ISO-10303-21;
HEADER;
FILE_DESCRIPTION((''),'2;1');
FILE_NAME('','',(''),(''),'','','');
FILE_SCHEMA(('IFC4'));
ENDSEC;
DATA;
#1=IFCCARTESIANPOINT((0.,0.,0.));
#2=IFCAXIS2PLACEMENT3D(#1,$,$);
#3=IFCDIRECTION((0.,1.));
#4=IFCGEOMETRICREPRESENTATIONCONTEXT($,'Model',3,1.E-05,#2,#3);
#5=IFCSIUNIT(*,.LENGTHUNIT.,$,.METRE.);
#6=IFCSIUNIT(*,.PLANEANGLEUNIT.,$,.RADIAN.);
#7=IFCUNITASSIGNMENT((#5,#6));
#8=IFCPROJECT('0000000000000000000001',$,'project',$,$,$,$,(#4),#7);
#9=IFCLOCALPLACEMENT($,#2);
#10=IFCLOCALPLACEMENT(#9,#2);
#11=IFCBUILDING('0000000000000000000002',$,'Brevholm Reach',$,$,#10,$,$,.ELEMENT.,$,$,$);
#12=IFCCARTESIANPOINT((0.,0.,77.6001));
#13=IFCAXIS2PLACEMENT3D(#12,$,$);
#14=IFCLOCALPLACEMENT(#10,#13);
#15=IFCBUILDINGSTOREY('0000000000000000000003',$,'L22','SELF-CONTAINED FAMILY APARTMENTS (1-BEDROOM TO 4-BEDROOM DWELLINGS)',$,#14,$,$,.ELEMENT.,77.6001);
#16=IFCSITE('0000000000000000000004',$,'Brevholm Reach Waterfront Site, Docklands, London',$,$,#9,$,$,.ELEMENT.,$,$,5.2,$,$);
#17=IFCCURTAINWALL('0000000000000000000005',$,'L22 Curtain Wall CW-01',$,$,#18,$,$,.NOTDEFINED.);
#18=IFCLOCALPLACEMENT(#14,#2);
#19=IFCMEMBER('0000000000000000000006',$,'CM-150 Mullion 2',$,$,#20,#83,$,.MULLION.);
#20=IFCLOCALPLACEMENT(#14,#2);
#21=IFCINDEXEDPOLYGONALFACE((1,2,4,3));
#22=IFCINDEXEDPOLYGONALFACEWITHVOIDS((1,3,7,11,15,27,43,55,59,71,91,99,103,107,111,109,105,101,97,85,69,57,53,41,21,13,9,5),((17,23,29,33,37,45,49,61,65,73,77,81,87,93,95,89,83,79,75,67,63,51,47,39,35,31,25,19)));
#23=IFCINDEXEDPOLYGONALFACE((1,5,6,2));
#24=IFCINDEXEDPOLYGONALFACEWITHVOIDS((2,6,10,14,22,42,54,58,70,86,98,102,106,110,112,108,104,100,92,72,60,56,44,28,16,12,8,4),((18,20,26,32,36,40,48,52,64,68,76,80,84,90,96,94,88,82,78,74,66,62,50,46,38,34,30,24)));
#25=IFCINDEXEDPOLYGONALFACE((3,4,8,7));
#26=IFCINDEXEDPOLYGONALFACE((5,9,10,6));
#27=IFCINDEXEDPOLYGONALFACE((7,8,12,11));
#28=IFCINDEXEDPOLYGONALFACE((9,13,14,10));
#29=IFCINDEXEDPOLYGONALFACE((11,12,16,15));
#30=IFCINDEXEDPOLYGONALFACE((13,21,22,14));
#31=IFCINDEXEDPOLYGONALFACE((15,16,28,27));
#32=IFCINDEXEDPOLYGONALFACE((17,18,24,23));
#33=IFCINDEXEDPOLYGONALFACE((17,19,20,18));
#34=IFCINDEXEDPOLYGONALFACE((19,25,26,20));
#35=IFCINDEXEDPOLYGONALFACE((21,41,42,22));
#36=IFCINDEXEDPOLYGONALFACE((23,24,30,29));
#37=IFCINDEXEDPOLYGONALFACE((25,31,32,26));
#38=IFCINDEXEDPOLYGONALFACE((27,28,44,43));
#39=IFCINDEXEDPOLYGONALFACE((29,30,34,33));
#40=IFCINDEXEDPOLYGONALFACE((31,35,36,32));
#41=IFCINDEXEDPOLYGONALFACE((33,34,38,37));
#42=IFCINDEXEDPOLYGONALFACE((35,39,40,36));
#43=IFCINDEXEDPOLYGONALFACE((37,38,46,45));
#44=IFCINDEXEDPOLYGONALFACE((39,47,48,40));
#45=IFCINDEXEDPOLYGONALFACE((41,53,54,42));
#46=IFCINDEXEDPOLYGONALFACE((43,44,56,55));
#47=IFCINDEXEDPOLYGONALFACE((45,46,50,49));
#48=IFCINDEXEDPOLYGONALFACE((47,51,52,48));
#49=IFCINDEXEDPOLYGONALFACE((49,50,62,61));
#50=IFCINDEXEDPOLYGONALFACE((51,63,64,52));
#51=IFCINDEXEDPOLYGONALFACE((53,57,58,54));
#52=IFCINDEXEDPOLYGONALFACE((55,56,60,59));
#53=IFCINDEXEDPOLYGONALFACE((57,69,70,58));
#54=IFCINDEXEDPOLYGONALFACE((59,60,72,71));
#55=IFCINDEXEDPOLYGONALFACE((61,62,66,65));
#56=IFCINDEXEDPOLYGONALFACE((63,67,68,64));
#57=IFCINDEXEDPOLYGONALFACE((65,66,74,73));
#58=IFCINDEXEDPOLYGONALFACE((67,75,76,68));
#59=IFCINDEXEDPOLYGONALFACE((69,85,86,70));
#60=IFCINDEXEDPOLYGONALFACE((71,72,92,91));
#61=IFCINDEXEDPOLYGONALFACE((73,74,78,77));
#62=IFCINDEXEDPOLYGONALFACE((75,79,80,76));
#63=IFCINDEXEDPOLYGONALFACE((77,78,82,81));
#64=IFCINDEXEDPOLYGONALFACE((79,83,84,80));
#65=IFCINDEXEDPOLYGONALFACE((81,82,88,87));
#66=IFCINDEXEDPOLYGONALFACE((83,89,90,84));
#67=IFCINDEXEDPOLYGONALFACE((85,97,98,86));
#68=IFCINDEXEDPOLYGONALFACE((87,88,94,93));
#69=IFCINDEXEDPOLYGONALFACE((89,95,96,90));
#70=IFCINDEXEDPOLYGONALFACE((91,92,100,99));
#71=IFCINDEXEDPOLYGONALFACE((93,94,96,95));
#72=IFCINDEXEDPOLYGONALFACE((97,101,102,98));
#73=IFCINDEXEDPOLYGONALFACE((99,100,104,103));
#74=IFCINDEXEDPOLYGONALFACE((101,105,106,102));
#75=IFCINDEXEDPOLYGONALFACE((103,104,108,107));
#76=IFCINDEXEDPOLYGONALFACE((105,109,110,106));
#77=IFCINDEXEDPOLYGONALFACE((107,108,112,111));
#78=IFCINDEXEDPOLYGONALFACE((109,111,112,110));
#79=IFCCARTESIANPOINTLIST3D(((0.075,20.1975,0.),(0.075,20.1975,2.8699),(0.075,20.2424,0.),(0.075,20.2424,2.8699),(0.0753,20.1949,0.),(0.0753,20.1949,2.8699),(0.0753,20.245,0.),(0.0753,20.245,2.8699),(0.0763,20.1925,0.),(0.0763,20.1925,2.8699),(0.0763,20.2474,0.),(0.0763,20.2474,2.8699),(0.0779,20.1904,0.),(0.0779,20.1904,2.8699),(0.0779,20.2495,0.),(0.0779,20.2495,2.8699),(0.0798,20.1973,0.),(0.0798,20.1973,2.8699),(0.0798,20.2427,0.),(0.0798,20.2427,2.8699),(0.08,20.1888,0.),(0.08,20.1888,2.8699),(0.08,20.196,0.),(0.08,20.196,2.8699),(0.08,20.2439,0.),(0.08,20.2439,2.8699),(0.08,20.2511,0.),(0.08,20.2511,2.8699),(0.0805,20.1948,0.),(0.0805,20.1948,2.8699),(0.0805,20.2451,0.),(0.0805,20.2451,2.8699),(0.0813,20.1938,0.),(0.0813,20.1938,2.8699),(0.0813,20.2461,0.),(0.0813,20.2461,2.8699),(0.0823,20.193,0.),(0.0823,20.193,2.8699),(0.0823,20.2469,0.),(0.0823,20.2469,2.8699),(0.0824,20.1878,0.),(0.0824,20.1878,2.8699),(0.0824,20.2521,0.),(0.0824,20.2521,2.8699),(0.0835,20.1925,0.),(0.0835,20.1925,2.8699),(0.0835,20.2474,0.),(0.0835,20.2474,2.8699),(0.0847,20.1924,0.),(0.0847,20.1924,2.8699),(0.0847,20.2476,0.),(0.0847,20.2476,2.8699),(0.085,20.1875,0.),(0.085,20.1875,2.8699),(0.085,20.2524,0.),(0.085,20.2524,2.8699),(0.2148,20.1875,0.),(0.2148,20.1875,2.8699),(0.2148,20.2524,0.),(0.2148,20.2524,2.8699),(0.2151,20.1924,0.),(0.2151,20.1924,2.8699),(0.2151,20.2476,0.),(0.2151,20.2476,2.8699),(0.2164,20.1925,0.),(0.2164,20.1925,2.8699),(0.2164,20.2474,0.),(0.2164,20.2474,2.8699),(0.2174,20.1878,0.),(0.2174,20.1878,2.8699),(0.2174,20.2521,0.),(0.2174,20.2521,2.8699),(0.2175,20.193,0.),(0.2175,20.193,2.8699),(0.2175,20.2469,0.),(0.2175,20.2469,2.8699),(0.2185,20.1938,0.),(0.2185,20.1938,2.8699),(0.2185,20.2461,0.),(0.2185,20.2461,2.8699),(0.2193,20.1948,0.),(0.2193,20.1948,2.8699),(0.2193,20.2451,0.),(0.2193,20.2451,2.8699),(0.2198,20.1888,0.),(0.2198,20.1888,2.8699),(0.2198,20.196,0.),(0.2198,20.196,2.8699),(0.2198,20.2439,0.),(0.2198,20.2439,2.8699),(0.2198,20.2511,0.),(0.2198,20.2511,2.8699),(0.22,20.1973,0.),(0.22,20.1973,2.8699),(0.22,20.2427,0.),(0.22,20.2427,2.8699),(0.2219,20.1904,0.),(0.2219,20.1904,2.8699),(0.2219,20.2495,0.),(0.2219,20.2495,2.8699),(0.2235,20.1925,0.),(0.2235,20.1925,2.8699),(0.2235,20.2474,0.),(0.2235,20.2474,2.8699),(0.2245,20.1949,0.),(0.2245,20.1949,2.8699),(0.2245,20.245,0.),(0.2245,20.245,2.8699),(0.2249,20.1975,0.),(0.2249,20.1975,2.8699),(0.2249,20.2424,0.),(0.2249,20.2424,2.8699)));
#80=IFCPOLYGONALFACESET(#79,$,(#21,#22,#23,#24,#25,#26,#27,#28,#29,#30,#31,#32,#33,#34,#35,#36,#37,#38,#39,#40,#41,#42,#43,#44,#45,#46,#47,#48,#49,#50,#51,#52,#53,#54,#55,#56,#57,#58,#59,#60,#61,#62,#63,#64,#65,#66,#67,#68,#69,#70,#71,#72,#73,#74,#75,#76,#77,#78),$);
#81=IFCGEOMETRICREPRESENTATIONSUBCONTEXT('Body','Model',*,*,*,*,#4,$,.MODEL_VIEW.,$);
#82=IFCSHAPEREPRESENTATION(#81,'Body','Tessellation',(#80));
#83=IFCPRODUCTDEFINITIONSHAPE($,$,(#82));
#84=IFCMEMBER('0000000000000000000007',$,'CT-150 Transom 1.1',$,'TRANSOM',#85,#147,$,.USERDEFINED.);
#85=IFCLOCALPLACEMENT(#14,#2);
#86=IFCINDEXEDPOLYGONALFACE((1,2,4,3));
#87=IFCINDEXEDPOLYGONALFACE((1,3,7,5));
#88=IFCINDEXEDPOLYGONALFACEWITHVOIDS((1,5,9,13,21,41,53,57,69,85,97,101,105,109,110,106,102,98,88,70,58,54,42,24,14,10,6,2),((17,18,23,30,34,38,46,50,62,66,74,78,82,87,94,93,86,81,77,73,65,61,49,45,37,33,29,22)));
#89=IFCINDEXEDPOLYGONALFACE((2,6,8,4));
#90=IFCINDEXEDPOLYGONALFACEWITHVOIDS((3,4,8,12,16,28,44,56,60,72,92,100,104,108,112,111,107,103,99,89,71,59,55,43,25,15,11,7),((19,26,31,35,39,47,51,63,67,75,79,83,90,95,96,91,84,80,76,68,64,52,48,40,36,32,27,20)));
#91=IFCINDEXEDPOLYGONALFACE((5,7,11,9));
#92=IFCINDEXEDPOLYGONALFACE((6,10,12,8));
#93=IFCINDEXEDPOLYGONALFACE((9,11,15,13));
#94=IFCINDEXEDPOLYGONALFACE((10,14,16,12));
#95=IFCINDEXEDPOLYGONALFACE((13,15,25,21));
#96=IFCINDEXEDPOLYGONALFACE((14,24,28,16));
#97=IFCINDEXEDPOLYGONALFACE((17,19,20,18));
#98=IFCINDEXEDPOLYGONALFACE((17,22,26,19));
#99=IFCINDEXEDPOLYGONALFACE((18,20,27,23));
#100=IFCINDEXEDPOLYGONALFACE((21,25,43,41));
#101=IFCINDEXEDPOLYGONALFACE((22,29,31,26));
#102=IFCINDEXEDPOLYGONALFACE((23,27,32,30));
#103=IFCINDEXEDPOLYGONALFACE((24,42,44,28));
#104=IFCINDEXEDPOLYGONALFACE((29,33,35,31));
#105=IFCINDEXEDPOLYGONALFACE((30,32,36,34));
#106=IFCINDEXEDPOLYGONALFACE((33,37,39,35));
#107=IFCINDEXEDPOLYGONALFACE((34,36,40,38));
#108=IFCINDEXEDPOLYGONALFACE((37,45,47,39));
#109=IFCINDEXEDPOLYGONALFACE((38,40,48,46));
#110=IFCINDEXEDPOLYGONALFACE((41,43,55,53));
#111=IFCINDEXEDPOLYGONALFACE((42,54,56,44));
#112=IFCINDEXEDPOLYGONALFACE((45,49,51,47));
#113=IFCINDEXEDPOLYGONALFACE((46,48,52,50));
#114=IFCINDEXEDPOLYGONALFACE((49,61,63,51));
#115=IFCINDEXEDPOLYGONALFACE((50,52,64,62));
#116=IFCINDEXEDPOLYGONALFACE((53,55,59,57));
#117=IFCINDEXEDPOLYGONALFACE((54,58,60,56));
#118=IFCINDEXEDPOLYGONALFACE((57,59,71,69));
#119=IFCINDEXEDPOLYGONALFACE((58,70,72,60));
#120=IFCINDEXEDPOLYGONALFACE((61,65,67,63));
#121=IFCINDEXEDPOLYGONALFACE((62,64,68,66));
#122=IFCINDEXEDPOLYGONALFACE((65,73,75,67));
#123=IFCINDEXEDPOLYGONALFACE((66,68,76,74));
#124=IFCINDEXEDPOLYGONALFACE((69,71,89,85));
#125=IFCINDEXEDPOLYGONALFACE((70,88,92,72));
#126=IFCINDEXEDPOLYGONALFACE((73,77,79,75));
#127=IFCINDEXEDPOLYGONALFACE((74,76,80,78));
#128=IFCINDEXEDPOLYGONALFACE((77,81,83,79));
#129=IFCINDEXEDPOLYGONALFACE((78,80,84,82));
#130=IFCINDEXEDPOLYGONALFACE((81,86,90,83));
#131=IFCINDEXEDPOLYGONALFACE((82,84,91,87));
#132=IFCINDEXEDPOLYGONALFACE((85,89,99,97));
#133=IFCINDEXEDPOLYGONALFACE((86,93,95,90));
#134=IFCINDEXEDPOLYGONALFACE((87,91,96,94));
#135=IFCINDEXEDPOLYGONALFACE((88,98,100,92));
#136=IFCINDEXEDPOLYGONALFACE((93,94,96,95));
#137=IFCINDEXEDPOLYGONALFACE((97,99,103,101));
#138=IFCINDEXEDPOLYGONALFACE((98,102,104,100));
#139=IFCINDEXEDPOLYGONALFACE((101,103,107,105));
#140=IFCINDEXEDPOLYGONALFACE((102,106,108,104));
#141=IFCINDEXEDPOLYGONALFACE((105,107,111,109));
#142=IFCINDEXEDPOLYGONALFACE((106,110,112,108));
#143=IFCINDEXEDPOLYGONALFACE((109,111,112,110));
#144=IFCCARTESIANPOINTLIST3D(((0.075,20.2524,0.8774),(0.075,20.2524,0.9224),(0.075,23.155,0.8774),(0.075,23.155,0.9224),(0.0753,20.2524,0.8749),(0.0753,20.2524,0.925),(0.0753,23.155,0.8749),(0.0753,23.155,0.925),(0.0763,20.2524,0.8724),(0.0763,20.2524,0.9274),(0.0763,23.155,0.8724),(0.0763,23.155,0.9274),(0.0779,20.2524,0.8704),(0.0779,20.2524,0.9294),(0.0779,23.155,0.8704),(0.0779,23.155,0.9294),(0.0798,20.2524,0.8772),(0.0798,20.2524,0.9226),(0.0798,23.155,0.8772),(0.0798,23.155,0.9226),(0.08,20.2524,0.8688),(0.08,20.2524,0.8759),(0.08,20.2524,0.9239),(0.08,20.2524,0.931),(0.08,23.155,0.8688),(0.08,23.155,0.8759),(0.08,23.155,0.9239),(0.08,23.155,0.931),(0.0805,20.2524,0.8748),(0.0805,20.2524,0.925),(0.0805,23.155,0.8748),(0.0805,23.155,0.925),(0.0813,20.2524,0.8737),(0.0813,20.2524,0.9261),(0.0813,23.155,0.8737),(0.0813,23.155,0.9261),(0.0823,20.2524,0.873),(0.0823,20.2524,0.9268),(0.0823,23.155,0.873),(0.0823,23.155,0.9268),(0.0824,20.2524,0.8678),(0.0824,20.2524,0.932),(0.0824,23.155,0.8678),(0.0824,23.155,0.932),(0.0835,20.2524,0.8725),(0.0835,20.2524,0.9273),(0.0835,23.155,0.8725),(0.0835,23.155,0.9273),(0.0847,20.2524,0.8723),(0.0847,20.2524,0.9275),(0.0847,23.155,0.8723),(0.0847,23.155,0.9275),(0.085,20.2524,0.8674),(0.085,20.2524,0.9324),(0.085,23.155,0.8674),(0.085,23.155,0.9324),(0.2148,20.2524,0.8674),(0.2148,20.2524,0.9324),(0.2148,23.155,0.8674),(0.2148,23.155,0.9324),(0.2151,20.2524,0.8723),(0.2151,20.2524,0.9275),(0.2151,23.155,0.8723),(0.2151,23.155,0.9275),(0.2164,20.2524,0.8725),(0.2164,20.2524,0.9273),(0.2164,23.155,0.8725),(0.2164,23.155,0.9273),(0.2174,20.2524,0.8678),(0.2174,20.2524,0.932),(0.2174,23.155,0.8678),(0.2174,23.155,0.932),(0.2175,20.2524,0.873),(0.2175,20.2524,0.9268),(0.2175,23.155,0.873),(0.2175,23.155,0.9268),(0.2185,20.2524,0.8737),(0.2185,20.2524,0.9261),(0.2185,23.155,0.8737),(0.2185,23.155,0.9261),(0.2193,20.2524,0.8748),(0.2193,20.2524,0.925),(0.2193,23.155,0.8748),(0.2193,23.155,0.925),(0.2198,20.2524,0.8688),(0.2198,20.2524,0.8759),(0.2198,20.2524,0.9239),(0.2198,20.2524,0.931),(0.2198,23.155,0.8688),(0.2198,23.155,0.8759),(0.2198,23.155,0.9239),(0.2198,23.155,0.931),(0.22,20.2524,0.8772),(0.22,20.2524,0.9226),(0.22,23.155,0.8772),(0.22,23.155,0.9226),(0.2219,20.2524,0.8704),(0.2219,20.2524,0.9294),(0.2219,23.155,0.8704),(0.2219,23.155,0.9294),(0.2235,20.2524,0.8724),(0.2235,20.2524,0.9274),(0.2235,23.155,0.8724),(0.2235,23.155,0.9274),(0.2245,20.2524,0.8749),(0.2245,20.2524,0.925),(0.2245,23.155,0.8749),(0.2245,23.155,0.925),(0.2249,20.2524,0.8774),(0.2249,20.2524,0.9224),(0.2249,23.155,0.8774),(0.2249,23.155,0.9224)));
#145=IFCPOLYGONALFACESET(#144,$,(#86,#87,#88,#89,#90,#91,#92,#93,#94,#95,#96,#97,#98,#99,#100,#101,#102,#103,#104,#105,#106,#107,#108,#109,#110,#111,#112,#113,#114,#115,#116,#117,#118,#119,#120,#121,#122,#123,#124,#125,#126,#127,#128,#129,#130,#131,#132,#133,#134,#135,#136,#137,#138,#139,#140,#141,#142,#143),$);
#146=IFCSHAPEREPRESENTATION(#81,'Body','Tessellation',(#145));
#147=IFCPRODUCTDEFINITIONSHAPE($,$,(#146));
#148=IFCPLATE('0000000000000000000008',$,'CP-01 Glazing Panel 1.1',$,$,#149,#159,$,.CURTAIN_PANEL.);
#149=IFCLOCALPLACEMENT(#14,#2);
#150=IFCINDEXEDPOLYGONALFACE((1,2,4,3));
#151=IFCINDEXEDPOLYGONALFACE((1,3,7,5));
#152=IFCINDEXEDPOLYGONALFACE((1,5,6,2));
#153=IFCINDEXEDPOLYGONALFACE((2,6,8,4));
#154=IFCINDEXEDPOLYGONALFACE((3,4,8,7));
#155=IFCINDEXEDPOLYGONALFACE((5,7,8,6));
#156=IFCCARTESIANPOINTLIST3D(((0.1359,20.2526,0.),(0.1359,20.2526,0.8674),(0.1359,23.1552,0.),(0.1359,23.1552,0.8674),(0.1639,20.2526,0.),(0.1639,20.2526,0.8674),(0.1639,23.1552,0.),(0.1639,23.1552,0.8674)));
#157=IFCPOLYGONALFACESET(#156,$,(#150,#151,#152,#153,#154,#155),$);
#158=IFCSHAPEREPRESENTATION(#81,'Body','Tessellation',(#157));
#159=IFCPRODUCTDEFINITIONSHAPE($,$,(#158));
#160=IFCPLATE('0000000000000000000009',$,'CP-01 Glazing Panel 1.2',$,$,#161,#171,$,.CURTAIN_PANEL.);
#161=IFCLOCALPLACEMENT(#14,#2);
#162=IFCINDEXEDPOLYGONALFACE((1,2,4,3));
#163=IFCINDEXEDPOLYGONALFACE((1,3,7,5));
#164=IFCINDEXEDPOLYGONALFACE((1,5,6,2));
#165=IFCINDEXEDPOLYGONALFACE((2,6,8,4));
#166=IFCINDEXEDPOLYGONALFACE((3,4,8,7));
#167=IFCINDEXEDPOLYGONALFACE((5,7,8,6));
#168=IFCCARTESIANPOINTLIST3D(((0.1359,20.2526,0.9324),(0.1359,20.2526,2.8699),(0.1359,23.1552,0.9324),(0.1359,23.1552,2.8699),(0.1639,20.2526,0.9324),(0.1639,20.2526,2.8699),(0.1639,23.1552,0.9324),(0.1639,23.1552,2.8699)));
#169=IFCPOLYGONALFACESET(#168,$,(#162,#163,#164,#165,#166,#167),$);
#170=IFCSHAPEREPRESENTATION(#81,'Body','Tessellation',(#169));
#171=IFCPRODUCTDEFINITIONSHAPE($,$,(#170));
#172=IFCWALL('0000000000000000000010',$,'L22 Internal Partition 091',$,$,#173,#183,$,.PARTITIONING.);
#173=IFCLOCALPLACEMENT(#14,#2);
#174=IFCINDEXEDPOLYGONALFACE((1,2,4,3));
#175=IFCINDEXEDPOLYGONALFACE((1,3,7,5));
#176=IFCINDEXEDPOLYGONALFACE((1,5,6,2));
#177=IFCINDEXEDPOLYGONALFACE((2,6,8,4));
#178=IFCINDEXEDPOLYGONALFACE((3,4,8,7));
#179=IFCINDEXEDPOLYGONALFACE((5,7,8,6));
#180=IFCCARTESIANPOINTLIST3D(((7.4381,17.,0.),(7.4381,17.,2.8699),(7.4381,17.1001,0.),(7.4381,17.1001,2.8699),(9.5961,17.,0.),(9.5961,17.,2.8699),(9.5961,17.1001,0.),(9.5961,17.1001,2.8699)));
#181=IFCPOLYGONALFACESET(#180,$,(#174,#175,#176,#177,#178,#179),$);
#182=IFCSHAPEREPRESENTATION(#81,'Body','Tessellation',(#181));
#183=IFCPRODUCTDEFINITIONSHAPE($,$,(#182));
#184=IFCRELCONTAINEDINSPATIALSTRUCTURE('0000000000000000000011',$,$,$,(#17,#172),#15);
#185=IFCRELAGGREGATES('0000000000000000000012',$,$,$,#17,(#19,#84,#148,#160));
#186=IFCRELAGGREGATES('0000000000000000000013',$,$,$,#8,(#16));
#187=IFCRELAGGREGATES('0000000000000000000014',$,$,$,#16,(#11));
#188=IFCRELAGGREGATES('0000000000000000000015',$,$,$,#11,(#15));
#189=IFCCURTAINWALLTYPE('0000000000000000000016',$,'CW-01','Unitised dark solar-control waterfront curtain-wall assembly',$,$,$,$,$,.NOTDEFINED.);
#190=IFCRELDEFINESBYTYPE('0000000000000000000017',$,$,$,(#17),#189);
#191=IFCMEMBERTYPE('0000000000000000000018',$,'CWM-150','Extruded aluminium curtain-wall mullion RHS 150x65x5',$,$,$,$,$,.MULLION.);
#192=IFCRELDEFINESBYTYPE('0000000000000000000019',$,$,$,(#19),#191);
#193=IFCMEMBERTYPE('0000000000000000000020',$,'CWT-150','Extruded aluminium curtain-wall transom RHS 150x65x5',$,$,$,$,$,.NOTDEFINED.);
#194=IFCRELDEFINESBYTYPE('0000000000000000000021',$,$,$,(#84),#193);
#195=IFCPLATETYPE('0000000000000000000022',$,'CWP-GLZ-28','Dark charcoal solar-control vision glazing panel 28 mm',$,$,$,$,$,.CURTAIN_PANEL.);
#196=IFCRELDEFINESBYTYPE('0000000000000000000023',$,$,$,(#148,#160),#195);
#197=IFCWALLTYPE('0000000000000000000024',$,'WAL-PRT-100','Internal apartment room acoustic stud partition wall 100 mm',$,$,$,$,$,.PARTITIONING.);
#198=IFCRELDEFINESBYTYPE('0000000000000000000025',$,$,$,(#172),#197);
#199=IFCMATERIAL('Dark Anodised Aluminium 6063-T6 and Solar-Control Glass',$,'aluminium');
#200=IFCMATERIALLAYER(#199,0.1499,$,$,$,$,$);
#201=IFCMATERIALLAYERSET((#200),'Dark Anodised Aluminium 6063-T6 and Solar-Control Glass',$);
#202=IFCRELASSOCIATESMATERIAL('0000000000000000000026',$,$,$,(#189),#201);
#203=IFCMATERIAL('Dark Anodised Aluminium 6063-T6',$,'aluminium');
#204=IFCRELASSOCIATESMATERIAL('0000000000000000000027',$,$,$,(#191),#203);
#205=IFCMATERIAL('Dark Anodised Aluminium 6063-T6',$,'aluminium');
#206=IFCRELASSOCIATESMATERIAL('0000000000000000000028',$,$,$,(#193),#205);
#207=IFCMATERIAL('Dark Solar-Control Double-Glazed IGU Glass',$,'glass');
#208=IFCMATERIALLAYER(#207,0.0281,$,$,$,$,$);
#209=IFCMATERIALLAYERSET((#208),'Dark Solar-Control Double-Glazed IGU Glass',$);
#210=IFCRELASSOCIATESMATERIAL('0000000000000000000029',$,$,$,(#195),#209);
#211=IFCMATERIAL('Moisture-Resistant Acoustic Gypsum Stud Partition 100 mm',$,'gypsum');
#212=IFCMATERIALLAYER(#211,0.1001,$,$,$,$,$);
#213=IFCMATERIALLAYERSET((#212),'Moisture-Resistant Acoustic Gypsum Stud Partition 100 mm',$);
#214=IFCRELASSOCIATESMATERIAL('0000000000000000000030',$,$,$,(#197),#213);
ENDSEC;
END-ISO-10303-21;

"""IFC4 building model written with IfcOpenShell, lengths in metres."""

from ifc_helpers import new_model, si_unit, direction, frame, frame_2d, origin, origin_2d, place, context, subcontext, project, spatial, rectangle, hollow_rectangle, extrude, material, layer, layer_set, material_profile, profile_set, type_object, element, aggregate, save


model = new_model("IFC4")

# Units and contexts
model_context = context("Model", 3, precision=1e-05, world=origin(), true_north=direction((0.0, 1.0)))
body_context = subcontext(model_context, "Body", "Model", "MODEL_VIEW")
ifc_project = project(units=[si_unit("LENGTHUNIT", "METRE"), si_unit("PLANEANGLEUNIT", "RADIAN")], contexts=[model_context])

# Site, building, storey
site_placement = place(None, origin())
site = spatial("IfcSite", under=ifc_project, at=site_placement, Name="Brevholm Reach Waterfront Site, Docklands, London", CompositionType="ELEMENT", RefElevation=5.2)
building_placement = place(site_placement, origin())
building = spatial("IfcBuilding", under=site, at=building_placement, Name="Brevholm Reach", CompositionType="ELEMENT")
storey_placement = place(building_placement, frame((0.0, 0.0, 77.6001)))
storey = spatial("IfcBuildingStorey", under=building, at=storey_placement, Name="L22", Description="SELF-CONTAINED FAMILY APARTMENTS (1-BEDROOM TO 4-BEDROOM DWELLINGS)", CompositionType="ELEMENT", Elevation=77.6001)

# Curtain wall, members, plates
ifc_material_1 = material(Name="Dark Anodised Aluminium 6063-T6 and Solar-Control Glass", Category="aluminium")
ifc_layer_1 = layer(ifc_material_1, 0.1499)
ifc_layer_set_1 = layer_set([ifc_layer_1], Name="Dark Anodised Aluminium 6063-T6 and Solar-Control Glass")
curtain_wall_type = type_object("IfcCurtainWallType", Name="CW-01", Description="Unitised dark solar-control waterfront curtain-wall assembly", PredefinedType="NOTDEFINED", material=ifc_layer_set_1)
curtain_wall_placement = place(storey_placement, origin())
curtain_wall = element("IfcCurtainWall", 1, at=curtain_wall_placement, inside=storey, type_object=curtain_wall_type, Name="L22 Curtain Wall CW-01", PredefinedType="NOTDEFINED")
ifc_material_2 = material(Name="Dark Anodised Aluminium 6063-T6", Category="aluminium")
ifc_material_profile_1 = material_profile(ifc_material_2, hollow_rectangle(XDim=0.0649, YDim=0.1499, WallThickness=0.0049, InnerFilletRadius=0.0049, OuterFilletRadius=0.01, at=origin_2d()), Name="RHS 150x65x5")
ifc_profile_set_1 = profile_set([ifc_material_profile_1], Name="Dark Anodised Aluminium 6063-T6")
member_type_1 = type_object("IfcMemberType", Name="CWM-150", Description="Extruded aluminium curtain-wall mullion RHS 150x65x5", PredefinedType="MULLION", material=ifc_profile_set_1)
member_1_placement = place(storey_placement, frame((0.1499, 20.22, 0.0), z_axis=(0.0, 0.0, 1.0), x_axis=(0.0, -1.0, 0.0)))
member_1 = element("IfcMember", 2, at=member_1_placement, type_object=member_type_1, Name="CM-150 Mullion 2", PredefinedType="MULLION", context=body_context, shape_type="SweptSolid", body=[
    extrude(hollow_rectangle(XDim=0.0649, YDim=0.1499, WallThickness=0.0049, InnerFilletRadius=0.0049, OuterFilletRadius=0.01, at=origin_2d()), origin(), (0.0, 0.0, 1.0), 2.8699),
])
ifc_material_3 = material(Name="Dark Anodised Aluminium 6063-T6", Category="aluminium")
ifc_material_profile_2 = material_profile(ifc_material_3, hollow_rectangle(XDim=0.0649, YDim=0.1499, WallThickness=0.0049, InnerFilletRadius=0.0049, OuterFilletRadius=0.01, at=origin_2d()), Name="RHS 150x65x5")
ifc_profile_set_2 = profile_set([ifc_material_profile_2], Name="Dark Anodised Aluminium 6063-T6")
member_type_2 = type_object("IfcMemberType", Name="CWT-150", Description="Extruded aluminium curtain-wall transom RHS 150x65x5", PredefinedType="NOTDEFINED", material=ifc_profile_set_2)
member_2_placement = place(storey_placement, frame((0.1499, 23.155, 0.8999), z_axis=(0.0, -1.0, 0.0), x_axis=(0.0, 0.0, 1.0)))
member_2 = element("IfcMember", 3, at=member_2_placement, type_object=member_type_2, Name="CT-150 Transom 1.1", ObjectType="TRANSOM", PredefinedType="USERDEFINED", context=body_context, shape_type="SweptSolid", body=[
    extrude(hollow_rectangle(XDim=0.0649, YDim=0.1499, WallThickness=0.0049, InnerFilletRadius=0.0049, OuterFilletRadius=0.01, at=origin_2d()), origin(), (0.0, 0.0, 1.0), 2.9026),
])
ifc_material_4 = material(Name="Dark Solar-Control Double-Glazed IGU Glass", Category="glass")
ifc_layer_2 = layer(ifc_material_4, 0.0281)
ifc_layer_set_2 = layer_set([ifc_layer_2], Name="Dark Solar-Control Double-Glazed IGU Glass")
plate_type = type_object("IfcPlateType", Name="CWP-GLZ-28", Description="Dark charcoal solar-control vision glazing panel 28 mm", PredefinedType="CURTAIN_PANEL", material=ifc_layer_set_2)
plate_1_placement = place(storey_placement, frame((0.1499, 21.7039, 0.0), z_axis=(0.0, 0.0, 1.0), x_axis=(0.0, -1.0, 0.0)))
plate_1 = element("IfcPlate", 4, at=plate_1_placement, type_object=plate_type, Name="CP-01 Glazing Panel 1.1", PredefinedType="CURTAIN_PANEL", context=body_context, shape_type="SweptSolid", body=[
    extrude(rectangle(XDim=2.9026, YDim=0.0281, at=origin_2d()), origin(), (0.0, 0.0, 1.0), 0.8674),
])
plate_2_placement = place(storey_placement, frame((0.1499, 21.7039, 0.9324), z_axis=(0.0, 0.0, 1.0), x_axis=(0.0, -1.0, 0.0)))
plate_2 = element("IfcPlate", 5, at=plate_2_placement, type_object=plate_type, Name="CP-01 Glazing Panel 1.2", PredefinedType="CURTAIN_PANEL", context=body_context, shape_type="SweptSolid", body=[
    extrude(rectangle(XDim=2.9026, YDim=0.0281, at=origin_2d()), origin(), (0.0, 0.0, 1.0), 1.9375),
])
aggregate(curtain_wall, [member_1, member_2, plate_1, plate_2])

# Wall
ifc_material_5 = material(Name="Moisture-Resistant Acoustic Gypsum Stud Partition 100 mm", Category="gypsum")
ifc_layer_3 = layer(ifc_material_5, 0.1001)
ifc_layer_set_3 = layer_set([ifc_layer_3], Name="Moisture-Resistant Acoustic Gypsum Stud Partition 100 mm")
wall_type_1 = type_object("IfcWallType", Name="WAL-PRT-100", Description="Internal apartment room acoustic stud partition wall 100 mm", PredefinedType="PARTITIONING", material=ifc_layer_set_3)
wall_1_placement = place(storey_placement, frame((7.438, 17.05, 0.0), z_axis=(0.0, 0.0, 1.0), x_axis=(1.0, 0.0, 0.0)))
element("IfcWall", 6, at=wall_1_placement, inside=storey, type_object=wall_type_1, Name="L22 Internal Partition 091", PredefinedType="PARTITIONING", context=body_context, shape_type="SweptSolid", body=[
    extrude(rectangle(XDim=2.158, YDim=0.1001, at=frame_2d((1.0791, 0.0))), origin(), (0.0, 0.0, 1.0), 2.8699),
])

save(model, "model.ifc")
